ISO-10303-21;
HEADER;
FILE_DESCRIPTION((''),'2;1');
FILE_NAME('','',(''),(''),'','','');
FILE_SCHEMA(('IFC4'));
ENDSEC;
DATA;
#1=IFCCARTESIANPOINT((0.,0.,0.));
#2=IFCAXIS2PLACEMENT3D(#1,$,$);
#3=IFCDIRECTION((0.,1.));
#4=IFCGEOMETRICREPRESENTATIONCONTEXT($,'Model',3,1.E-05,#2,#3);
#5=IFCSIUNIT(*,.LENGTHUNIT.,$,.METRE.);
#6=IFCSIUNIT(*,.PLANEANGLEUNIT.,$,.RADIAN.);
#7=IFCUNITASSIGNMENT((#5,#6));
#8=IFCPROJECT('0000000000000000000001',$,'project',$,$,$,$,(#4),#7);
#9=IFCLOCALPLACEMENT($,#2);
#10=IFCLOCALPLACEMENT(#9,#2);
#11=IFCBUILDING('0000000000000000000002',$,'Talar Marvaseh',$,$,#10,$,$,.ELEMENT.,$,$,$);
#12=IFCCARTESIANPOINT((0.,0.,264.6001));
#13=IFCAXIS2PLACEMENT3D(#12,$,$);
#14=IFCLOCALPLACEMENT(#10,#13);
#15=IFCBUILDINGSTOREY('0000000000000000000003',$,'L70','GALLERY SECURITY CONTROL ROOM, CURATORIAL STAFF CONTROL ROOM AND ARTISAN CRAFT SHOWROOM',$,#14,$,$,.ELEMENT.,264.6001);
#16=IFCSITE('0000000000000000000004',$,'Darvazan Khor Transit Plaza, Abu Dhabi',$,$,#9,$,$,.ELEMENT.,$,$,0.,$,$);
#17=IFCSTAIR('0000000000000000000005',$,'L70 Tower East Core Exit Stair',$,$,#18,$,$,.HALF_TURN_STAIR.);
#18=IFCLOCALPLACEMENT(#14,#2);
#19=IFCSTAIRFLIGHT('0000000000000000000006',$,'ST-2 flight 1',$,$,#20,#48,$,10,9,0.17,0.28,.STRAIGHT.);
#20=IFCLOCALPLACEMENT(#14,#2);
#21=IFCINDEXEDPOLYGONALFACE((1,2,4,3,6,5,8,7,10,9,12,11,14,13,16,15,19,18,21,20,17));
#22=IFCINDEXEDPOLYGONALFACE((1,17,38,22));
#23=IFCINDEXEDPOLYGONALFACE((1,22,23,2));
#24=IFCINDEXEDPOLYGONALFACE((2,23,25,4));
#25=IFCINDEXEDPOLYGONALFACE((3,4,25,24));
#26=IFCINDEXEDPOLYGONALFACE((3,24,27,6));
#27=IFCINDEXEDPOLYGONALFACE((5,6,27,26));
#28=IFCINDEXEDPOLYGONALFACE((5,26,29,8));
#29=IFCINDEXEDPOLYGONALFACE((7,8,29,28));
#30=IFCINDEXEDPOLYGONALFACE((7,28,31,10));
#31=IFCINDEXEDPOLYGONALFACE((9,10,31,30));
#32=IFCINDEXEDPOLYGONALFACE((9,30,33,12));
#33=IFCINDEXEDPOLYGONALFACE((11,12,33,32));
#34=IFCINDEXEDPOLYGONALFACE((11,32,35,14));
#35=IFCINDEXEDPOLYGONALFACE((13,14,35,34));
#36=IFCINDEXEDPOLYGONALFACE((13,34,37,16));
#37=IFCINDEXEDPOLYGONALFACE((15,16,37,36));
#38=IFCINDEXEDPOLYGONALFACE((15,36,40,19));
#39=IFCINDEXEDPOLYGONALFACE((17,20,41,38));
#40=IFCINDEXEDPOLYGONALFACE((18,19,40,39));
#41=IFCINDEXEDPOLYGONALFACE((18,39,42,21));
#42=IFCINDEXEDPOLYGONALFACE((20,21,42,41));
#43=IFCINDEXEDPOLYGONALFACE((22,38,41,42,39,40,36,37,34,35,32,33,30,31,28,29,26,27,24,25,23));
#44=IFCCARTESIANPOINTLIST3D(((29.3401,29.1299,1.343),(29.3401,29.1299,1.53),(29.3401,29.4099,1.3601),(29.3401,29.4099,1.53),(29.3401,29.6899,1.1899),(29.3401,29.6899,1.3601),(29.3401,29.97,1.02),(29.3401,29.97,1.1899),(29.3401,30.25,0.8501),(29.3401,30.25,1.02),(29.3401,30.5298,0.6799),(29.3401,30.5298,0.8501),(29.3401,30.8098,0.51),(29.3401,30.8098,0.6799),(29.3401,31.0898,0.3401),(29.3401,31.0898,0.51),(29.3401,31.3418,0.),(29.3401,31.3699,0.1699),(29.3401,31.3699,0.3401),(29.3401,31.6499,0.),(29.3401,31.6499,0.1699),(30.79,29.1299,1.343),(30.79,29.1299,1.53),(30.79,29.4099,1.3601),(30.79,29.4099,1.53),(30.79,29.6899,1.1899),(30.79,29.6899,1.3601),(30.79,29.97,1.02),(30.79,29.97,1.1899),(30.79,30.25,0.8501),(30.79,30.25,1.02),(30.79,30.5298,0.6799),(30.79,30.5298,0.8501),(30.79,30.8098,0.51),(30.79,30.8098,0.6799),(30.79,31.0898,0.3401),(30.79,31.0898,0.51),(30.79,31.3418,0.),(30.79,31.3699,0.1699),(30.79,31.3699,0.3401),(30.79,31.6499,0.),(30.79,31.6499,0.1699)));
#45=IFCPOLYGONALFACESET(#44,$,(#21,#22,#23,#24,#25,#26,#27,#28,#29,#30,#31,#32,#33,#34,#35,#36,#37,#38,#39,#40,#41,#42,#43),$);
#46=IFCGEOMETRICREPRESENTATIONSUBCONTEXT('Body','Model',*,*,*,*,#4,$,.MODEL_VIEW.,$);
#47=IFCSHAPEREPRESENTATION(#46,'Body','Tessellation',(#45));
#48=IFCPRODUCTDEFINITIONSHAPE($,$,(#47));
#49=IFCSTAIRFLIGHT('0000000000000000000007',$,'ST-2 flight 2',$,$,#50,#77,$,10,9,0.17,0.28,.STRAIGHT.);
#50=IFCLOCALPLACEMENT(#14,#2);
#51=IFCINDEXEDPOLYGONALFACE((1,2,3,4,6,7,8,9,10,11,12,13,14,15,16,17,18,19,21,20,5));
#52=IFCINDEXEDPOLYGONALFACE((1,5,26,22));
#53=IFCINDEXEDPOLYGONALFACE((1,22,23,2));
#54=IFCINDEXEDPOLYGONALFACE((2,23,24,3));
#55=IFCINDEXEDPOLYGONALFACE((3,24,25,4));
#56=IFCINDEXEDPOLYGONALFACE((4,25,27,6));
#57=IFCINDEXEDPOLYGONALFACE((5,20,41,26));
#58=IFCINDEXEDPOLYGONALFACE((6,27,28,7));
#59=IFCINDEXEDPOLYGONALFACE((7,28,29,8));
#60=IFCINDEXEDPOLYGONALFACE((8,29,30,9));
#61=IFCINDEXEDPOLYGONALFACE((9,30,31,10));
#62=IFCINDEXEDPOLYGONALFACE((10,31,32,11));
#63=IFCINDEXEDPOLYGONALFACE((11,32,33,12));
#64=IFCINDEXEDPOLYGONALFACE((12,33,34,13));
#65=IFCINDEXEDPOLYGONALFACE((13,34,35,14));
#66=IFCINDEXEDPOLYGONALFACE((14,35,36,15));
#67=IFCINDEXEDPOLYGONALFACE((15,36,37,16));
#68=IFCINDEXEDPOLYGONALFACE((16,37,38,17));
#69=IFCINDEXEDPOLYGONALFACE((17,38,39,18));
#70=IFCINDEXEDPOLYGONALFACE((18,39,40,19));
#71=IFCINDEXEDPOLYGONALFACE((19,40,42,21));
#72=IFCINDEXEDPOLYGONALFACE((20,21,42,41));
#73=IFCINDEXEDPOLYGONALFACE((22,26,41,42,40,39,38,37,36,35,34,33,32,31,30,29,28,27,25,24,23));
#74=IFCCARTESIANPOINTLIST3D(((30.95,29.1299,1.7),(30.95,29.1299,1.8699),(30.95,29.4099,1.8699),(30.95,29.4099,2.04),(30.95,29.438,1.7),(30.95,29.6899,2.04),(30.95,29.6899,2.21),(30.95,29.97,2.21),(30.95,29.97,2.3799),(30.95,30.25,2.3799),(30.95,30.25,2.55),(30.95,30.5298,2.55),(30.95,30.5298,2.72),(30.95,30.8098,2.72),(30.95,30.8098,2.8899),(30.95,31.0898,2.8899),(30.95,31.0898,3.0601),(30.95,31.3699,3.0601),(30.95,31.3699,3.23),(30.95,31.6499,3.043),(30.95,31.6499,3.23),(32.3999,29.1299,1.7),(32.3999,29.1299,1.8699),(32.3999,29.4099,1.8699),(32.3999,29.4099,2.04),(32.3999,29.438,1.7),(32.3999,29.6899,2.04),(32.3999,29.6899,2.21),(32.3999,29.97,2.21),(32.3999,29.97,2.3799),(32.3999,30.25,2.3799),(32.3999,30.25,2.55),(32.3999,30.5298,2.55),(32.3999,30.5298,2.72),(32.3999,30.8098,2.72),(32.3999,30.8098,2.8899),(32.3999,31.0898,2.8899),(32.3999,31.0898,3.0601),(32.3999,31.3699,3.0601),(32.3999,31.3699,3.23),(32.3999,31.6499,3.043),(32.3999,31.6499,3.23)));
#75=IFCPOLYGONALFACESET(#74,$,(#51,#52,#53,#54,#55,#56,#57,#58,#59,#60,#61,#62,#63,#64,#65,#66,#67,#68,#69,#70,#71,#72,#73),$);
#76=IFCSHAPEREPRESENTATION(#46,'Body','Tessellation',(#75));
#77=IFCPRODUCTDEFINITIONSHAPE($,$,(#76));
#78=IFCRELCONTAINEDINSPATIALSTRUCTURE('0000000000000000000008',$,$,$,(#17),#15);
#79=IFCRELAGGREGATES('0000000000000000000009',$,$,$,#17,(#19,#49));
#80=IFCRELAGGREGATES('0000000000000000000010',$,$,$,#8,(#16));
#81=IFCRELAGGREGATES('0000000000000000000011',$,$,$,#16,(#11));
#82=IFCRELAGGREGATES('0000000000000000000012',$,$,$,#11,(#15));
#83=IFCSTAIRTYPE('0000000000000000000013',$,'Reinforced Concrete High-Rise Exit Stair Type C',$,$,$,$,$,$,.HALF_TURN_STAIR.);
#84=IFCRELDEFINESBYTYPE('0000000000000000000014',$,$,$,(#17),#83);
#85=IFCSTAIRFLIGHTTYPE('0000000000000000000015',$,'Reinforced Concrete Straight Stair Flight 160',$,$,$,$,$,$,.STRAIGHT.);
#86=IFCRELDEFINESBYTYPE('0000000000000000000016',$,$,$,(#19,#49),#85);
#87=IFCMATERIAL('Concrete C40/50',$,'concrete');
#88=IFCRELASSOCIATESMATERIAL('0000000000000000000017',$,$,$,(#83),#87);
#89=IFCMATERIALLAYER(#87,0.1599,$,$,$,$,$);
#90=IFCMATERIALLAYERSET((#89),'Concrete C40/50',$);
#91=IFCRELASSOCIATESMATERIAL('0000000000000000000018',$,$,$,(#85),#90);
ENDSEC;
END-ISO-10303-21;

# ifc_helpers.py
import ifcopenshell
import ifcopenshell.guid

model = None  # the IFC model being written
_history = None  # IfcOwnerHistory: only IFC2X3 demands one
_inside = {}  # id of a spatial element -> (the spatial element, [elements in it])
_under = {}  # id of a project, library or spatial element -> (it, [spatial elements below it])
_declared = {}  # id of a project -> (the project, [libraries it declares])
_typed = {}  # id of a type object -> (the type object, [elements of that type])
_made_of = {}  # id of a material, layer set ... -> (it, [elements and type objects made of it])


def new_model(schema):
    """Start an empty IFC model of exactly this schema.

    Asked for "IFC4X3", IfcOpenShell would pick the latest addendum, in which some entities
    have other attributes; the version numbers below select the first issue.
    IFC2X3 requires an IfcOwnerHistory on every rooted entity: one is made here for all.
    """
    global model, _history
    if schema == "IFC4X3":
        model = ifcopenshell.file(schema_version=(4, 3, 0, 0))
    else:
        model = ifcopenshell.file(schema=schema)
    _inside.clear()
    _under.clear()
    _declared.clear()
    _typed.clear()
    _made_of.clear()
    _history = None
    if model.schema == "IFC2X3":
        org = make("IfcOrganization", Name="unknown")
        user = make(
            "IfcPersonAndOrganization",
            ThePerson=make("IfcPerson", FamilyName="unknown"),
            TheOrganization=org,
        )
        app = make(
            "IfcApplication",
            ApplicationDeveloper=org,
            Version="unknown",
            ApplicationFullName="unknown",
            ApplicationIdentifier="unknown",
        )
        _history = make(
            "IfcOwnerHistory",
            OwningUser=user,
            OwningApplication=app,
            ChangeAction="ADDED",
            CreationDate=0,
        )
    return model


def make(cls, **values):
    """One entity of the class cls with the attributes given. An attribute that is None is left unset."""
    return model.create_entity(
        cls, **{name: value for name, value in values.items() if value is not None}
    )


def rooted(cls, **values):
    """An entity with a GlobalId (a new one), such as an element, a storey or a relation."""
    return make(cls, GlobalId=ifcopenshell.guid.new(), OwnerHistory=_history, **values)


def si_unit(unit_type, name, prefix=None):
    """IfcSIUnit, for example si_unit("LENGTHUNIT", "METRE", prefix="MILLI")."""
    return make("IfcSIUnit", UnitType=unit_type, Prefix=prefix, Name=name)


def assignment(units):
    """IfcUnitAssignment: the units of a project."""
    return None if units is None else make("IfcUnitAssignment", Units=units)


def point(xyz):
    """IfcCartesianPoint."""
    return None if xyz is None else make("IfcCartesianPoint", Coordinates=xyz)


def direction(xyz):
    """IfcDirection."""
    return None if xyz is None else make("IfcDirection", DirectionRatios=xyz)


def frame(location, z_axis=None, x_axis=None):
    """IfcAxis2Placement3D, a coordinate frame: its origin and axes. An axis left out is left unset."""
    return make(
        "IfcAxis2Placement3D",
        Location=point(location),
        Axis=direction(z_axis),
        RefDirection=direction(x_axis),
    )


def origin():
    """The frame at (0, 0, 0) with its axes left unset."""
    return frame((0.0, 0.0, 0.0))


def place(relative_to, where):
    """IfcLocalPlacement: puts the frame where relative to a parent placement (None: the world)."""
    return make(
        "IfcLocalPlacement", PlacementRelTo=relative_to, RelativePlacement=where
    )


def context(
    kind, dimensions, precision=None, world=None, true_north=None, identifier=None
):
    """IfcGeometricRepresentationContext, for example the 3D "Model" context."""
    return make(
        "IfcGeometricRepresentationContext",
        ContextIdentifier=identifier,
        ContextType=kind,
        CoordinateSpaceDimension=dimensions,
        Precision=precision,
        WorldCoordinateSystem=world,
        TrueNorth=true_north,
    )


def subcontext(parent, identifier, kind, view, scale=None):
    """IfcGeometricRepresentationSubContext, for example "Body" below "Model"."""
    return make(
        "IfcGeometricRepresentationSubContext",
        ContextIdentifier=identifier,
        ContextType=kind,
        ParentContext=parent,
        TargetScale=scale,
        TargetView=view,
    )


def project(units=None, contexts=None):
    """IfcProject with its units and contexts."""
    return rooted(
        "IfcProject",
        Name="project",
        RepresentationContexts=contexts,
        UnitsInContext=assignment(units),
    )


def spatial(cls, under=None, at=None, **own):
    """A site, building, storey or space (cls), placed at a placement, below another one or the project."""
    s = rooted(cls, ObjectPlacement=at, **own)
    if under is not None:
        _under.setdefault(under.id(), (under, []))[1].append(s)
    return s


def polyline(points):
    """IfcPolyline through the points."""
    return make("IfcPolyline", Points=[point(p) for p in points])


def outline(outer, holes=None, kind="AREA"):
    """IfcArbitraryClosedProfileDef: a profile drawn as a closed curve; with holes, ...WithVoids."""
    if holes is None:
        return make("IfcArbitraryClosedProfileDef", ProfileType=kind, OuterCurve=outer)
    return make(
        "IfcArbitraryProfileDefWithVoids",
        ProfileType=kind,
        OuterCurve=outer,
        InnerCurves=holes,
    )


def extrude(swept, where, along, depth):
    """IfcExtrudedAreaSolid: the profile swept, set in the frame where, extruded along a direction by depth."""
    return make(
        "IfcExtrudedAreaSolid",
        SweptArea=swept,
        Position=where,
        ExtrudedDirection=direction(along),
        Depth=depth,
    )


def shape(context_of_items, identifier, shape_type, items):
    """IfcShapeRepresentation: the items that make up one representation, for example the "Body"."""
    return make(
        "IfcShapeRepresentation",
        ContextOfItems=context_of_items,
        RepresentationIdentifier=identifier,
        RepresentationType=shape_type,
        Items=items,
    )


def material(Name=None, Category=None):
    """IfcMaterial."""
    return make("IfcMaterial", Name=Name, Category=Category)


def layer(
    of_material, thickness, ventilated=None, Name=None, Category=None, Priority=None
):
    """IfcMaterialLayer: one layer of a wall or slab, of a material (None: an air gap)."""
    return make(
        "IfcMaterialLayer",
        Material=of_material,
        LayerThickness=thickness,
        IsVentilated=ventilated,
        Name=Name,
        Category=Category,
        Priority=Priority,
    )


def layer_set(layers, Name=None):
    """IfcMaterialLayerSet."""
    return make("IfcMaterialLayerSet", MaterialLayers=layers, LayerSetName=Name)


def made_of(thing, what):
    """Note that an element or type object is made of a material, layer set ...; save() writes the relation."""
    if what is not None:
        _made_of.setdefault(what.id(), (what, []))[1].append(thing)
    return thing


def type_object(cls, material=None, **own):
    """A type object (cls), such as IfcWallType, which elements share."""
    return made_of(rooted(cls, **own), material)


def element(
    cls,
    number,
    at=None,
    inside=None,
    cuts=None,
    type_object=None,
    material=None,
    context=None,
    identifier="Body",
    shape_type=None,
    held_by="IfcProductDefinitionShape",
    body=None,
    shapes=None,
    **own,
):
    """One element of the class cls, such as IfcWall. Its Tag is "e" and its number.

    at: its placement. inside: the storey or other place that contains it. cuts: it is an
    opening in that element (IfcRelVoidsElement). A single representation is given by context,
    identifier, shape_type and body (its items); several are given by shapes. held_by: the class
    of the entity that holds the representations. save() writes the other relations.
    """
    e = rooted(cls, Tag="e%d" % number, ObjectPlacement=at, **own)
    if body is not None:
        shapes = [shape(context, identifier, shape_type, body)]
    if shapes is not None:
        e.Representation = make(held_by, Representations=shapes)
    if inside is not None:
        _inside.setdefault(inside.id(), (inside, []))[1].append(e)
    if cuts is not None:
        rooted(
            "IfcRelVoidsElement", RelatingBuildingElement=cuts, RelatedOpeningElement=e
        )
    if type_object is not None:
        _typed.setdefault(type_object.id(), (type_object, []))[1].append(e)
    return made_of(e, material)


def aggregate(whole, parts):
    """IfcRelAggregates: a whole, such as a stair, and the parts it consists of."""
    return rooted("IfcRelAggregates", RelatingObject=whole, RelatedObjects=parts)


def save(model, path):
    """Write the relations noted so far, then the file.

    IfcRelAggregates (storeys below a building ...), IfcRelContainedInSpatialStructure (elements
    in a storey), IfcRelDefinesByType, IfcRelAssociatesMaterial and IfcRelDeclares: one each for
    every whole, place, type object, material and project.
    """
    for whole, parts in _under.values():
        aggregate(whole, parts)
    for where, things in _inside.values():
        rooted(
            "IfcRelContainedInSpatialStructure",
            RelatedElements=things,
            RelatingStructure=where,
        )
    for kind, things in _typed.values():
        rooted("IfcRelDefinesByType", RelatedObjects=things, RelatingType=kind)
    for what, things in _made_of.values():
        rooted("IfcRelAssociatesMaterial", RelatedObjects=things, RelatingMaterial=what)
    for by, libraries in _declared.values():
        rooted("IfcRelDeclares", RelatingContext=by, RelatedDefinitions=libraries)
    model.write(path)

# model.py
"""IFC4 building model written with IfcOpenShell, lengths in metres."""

from ifc_helpers import new_model, si_unit, direction, frame, origin, place, context, subcontext, project, spatial, polyline, outline, extrude, material, layer, layer_set, type_object, element, aggregate, save


model = new_model("IFC4")

# Units and contexts
model_context = context("Model", 3, precision=1e-05, world=origin(), true_north=direction((0.0, 1.0)))
body_context = subcontext(model_context, "Body", "Model", "MODEL_VIEW")
ifc_project = project(units=[si_unit("LENGTHUNIT", "METRE"), si_unit("PLANEANGLEUNIT", "RADIAN")], contexts=[model_context])

# Site, building, storey
site_placement = place(None, origin())
site = spatial("IfcSite", under=ifc_project, at=site_placement, Name="Darvazan Khor Transit Plaza, Abu Dhabi", CompositionType="ELEMENT", RefElevation=0.0)
building_placement = place(site_placement, origin())
building = spatial("IfcBuilding", under=site, at=building_placement, Name="Talar Marvaseh", CompositionType="ELEMENT")
storey_placement = place(building_placement, frame((0.0, 0.0, 264.6001)))
storey = spatial("IfcBuildingStorey", under=building, at=storey_placement, Name="L70", Description="GALLERY SECURITY CONTROL ROOM, CURATORIAL STAFF CONTROL ROOM AND ARTISAN CRAFT SHOWROOM", CompositionType="ELEMENT", Elevation=264.6001)

# Shared definitions
ifc_material_1 = material(Name="Concrete C40/50", Category="concrete")

# Stair, stair flights
stair_type = type_object("IfcStairType", Name="Reinforced Concrete High-Rise Exit Stair Type C", PredefinedType="HALF_TURN_STAIR", material=ifc_material_1)
stair_placement = place(storey_placement, origin())
stair = element("IfcStair", 1, at=stair_placement, inside=storey, type_object=stair_type, Name="L70 Tower East Core Exit Stair", PredefinedType="HALF_TURN_STAIR")
ifc_layer_1 = layer(ifc_material_1, 0.1599)
ifc_layer_set_1 = layer_set([ifc_layer_1], Name="Concrete C40/50")
stair_flight_type = type_object("IfcStairFlightType", Name="Reinforced Concrete Straight Stair Flight 160", PredefinedType="STRAIGHT", material=ifc_layer_set_1)
stair_flight_1_placement = place(storey_placement, frame((30.0649, 31.6499, 0.0), z_axis=(0.0, 0.0, 1.0), x_axis=(0.0, -1.0, 0.0)))
stair_flight_1 = element("IfcStairFlight", 2, at=stair_flight_1_placement, type_object=stair_flight_type, Name="ST-2 flight 1", NumberOfRisers=10, NumberOfTreads=9, PredefinedType="STRAIGHT", RiserHeight=0.17, TreadLength=0.28, context=body_context, shape_type="SweptSolid", body=[
    extrude(outline(polyline([(0.0, 0.0), (0.0, 0.1699), (0.28, 0.1699), (0.28, 0.3401), (0.5601, 0.3401), (0.5601, 0.51), (0.8401, 0.51), (0.8401, 0.6799), (1.1201, 0.6799), (1.1201, 0.8501), (1.3999, 0.8501), (1.3999, 1.02), (1.6799, 1.02), (1.6799, 1.1899), (1.96, 1.1899), (1.96, 1.3601), (2.24, 1.3601), (2.24, 1.53), (2.52, 1.53), (2.52, 1.7), (2.52, 1.343), (0.3081, 0.0), (0.0, 0.0)])), frame((0.0, 0.7251, 0.0), z_axis=(0.0, -1.0, 0.0), x_axis=(1.0, 0.0, 0.0)), (0.0, 0.0, 1.0), 1.45),
])
stair_flight_2_placement = place(storey_placement, frame((31.675, 29.1299, 1.7), z_axis=(0.0, 0.0, 1.0), x_axis=(0.0, 1.0, 0.0)))
stair_flight_2 = element("IfcStairFlight", 3, at=stair_flight_2_placement, type_object=stair_flight_type, Name="ST-2 flight 2", NumberOfRisers=10, NumberOfTreads=9, PredefinedType="STRAIGHT", RiserHeight=0.17, TreadLength=0.28, context=body_context, shape_type="SweptSolid", body=[
    extrude(outline(polyline([(0.0, 0.0), (0.0, 0.1699), (0.28, 0.1699), (0.28, 0.3401), (0.5601, 0.3401), (0.5601, 0.51), (0.8401, 0.51), (0.8401, 0.6799), (1.1201, 0.6799), (1.1201, 0.8501), (1.3999, 0.8501), (1.3999, 1.02), (1.6799, 1.02), (1.6799, 1.1899), (1.96, 1.1899), (1.96, 1.3601), (2.24, 1.3601), (2.24, 1.53), (2.52, 1.53), (2.52, 1.7), (2.52, 1.343), (0.3081, 0.0), (0.0, 0.0)])), frame((0.0, 0.7251, 0.0), z_axis=(0.0, -1.0, 0.0), x_axis=(1.0, 0.0, 0.0)), (0.0, 0.0, 1.0), 1.45),
])
aggregate(stair, [stair_flight_1, stair_flight_2])

save(model, "model.ifc")
